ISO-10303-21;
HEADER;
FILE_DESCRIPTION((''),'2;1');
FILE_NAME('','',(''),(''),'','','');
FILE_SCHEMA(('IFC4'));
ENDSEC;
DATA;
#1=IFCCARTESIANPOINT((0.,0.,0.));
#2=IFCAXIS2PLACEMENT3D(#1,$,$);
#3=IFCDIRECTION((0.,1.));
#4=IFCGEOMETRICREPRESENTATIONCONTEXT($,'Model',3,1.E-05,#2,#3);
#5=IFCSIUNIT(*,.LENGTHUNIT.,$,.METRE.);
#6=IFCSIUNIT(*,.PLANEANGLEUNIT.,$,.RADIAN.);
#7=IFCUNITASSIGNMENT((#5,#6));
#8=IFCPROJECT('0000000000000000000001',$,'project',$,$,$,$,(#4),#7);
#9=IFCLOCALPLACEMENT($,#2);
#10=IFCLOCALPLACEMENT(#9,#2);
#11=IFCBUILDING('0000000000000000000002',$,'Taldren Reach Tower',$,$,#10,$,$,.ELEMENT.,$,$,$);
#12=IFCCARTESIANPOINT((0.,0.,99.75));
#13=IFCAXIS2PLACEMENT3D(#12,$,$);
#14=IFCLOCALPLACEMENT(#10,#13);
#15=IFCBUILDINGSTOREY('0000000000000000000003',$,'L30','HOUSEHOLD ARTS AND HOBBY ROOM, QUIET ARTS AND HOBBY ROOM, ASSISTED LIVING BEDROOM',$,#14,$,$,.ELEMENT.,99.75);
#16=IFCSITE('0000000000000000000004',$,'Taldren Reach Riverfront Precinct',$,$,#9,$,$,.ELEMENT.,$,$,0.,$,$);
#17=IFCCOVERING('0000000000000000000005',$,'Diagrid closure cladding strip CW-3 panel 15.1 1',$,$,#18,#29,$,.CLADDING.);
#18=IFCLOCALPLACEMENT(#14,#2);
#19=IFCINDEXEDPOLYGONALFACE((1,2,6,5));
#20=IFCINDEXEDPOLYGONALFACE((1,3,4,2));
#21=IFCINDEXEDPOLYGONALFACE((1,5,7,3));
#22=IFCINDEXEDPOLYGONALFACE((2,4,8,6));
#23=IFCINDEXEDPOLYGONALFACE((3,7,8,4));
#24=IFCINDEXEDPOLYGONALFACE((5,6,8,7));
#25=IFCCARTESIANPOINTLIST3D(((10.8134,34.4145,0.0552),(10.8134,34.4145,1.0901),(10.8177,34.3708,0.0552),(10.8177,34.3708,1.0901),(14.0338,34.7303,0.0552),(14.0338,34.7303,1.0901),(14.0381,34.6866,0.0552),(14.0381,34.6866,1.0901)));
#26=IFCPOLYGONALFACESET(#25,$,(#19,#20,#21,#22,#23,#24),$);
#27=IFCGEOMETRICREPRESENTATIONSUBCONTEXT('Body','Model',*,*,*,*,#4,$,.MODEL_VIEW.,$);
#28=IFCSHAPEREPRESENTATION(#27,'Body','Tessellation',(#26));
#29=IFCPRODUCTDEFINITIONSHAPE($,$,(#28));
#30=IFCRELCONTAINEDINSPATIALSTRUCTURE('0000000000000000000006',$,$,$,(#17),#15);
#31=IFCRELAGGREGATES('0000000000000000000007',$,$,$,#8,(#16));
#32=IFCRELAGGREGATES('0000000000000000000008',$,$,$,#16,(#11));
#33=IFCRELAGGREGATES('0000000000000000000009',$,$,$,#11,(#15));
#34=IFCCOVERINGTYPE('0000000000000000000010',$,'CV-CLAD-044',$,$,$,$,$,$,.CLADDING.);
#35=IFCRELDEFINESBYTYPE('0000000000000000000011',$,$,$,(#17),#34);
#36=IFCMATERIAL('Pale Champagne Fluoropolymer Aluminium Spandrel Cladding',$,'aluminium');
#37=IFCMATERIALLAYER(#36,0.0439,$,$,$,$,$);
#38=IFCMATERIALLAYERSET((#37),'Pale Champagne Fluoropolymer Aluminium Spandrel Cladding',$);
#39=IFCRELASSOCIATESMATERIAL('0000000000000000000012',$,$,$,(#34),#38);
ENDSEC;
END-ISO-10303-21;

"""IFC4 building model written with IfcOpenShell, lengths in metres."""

from ifc_helpers import new_model, si_unit, direction, frame, origin, origin_2d, place, context, subcontext, project, spatial, rectangle, extrude, source, transform, mapped, material, layer, layer_set, type_object, element, save


model = new_model("IFC4")

# Units and contexts
model_context = context("Model", 3, precision=1e-05, world=origin(), true_north=direction((0.0, 1.0)))
body_context = subcontext(model_context, "Body", "Model", "MODEL_VIEW")
ifc_project = project(units=[si_unit("LENGTHUNIT", "METRE"), si_unit("PLANEANGLEUNIT", "RADIAN")], contexts=[model_context])

# Site, building, storey
site_placement = place(None, origin())
site = spatial("IfcSite", under=ifc_project, at=site_placement, Name="Taldren Reach Riverfront Precinct", CompositionType="ELEMENT", RefElevation=0.0)
building_placement = place(site_placement, origin())
building = spatial("IfcBuilding", under=site, at=building_placement, Name="Taldren Reach Tower", CompositionType="ELEMENT")
storey_placement = place(building_placement, frame((0.0, 0.0, 99.75)))
storey = spatial("IfcBuildingStorey", under=building, at=storey_placement, Name="L30", Description="HOUSEHOLD ARTS AND HOBBY ROOM, QUIET ARTS AND HOBBY ROOM, ASSISTED LIVING BEDROOM", CompositionType="ELEMENT", Elevation=99.75)

# Covering
ifc_material_1 = material(Name="Pale Champagne Fluoropolymer Aluminium Spandrel Cladding", Category="aluminium")
ifc_layer_1 = layer(ifc_material_1, 0.0439)
ifc_layer_set_1 = layer_set([ifc_layer_1], Name="Pale Champagne Fluoropolymer Aluminium Spandrel Cladding")
covering_type = type_object("IfcCoveringType", Name="CV-CLAD-044", PredefinedType="CLADDING", material=ifc_layer_set_1)
shared_shape_1 = source(origin(), body_context, "Body", "SweptSolid", [
    extrude(rectangle(XDim=3.2358, YDim=0.0439, at=origin_2d()), origin(), (0.0, 0.0, 1.0), 1.0349),
])
covering_placement = place(storey_placement, frame((12.4258, 34.5505, 0.0552), z_axis=(0.0, 0.0, 1.0), x_axis=(-0.995227, -0.097583, 0.0)))
element("IfcCovering", 1, at=covering_placement, inside=storey, type_object=covering_type, Name="Diagrid closure cladding strip CW-3 panel 15.1 1", PredefinedType="CLADDING", context=body_context, shape_type="MappedRepresentation", body=[
    mapped(shared_shape_1, transform((0.0, 0.0, 0.0), scale=1.0)),
])

save(model, "model.ifc")
